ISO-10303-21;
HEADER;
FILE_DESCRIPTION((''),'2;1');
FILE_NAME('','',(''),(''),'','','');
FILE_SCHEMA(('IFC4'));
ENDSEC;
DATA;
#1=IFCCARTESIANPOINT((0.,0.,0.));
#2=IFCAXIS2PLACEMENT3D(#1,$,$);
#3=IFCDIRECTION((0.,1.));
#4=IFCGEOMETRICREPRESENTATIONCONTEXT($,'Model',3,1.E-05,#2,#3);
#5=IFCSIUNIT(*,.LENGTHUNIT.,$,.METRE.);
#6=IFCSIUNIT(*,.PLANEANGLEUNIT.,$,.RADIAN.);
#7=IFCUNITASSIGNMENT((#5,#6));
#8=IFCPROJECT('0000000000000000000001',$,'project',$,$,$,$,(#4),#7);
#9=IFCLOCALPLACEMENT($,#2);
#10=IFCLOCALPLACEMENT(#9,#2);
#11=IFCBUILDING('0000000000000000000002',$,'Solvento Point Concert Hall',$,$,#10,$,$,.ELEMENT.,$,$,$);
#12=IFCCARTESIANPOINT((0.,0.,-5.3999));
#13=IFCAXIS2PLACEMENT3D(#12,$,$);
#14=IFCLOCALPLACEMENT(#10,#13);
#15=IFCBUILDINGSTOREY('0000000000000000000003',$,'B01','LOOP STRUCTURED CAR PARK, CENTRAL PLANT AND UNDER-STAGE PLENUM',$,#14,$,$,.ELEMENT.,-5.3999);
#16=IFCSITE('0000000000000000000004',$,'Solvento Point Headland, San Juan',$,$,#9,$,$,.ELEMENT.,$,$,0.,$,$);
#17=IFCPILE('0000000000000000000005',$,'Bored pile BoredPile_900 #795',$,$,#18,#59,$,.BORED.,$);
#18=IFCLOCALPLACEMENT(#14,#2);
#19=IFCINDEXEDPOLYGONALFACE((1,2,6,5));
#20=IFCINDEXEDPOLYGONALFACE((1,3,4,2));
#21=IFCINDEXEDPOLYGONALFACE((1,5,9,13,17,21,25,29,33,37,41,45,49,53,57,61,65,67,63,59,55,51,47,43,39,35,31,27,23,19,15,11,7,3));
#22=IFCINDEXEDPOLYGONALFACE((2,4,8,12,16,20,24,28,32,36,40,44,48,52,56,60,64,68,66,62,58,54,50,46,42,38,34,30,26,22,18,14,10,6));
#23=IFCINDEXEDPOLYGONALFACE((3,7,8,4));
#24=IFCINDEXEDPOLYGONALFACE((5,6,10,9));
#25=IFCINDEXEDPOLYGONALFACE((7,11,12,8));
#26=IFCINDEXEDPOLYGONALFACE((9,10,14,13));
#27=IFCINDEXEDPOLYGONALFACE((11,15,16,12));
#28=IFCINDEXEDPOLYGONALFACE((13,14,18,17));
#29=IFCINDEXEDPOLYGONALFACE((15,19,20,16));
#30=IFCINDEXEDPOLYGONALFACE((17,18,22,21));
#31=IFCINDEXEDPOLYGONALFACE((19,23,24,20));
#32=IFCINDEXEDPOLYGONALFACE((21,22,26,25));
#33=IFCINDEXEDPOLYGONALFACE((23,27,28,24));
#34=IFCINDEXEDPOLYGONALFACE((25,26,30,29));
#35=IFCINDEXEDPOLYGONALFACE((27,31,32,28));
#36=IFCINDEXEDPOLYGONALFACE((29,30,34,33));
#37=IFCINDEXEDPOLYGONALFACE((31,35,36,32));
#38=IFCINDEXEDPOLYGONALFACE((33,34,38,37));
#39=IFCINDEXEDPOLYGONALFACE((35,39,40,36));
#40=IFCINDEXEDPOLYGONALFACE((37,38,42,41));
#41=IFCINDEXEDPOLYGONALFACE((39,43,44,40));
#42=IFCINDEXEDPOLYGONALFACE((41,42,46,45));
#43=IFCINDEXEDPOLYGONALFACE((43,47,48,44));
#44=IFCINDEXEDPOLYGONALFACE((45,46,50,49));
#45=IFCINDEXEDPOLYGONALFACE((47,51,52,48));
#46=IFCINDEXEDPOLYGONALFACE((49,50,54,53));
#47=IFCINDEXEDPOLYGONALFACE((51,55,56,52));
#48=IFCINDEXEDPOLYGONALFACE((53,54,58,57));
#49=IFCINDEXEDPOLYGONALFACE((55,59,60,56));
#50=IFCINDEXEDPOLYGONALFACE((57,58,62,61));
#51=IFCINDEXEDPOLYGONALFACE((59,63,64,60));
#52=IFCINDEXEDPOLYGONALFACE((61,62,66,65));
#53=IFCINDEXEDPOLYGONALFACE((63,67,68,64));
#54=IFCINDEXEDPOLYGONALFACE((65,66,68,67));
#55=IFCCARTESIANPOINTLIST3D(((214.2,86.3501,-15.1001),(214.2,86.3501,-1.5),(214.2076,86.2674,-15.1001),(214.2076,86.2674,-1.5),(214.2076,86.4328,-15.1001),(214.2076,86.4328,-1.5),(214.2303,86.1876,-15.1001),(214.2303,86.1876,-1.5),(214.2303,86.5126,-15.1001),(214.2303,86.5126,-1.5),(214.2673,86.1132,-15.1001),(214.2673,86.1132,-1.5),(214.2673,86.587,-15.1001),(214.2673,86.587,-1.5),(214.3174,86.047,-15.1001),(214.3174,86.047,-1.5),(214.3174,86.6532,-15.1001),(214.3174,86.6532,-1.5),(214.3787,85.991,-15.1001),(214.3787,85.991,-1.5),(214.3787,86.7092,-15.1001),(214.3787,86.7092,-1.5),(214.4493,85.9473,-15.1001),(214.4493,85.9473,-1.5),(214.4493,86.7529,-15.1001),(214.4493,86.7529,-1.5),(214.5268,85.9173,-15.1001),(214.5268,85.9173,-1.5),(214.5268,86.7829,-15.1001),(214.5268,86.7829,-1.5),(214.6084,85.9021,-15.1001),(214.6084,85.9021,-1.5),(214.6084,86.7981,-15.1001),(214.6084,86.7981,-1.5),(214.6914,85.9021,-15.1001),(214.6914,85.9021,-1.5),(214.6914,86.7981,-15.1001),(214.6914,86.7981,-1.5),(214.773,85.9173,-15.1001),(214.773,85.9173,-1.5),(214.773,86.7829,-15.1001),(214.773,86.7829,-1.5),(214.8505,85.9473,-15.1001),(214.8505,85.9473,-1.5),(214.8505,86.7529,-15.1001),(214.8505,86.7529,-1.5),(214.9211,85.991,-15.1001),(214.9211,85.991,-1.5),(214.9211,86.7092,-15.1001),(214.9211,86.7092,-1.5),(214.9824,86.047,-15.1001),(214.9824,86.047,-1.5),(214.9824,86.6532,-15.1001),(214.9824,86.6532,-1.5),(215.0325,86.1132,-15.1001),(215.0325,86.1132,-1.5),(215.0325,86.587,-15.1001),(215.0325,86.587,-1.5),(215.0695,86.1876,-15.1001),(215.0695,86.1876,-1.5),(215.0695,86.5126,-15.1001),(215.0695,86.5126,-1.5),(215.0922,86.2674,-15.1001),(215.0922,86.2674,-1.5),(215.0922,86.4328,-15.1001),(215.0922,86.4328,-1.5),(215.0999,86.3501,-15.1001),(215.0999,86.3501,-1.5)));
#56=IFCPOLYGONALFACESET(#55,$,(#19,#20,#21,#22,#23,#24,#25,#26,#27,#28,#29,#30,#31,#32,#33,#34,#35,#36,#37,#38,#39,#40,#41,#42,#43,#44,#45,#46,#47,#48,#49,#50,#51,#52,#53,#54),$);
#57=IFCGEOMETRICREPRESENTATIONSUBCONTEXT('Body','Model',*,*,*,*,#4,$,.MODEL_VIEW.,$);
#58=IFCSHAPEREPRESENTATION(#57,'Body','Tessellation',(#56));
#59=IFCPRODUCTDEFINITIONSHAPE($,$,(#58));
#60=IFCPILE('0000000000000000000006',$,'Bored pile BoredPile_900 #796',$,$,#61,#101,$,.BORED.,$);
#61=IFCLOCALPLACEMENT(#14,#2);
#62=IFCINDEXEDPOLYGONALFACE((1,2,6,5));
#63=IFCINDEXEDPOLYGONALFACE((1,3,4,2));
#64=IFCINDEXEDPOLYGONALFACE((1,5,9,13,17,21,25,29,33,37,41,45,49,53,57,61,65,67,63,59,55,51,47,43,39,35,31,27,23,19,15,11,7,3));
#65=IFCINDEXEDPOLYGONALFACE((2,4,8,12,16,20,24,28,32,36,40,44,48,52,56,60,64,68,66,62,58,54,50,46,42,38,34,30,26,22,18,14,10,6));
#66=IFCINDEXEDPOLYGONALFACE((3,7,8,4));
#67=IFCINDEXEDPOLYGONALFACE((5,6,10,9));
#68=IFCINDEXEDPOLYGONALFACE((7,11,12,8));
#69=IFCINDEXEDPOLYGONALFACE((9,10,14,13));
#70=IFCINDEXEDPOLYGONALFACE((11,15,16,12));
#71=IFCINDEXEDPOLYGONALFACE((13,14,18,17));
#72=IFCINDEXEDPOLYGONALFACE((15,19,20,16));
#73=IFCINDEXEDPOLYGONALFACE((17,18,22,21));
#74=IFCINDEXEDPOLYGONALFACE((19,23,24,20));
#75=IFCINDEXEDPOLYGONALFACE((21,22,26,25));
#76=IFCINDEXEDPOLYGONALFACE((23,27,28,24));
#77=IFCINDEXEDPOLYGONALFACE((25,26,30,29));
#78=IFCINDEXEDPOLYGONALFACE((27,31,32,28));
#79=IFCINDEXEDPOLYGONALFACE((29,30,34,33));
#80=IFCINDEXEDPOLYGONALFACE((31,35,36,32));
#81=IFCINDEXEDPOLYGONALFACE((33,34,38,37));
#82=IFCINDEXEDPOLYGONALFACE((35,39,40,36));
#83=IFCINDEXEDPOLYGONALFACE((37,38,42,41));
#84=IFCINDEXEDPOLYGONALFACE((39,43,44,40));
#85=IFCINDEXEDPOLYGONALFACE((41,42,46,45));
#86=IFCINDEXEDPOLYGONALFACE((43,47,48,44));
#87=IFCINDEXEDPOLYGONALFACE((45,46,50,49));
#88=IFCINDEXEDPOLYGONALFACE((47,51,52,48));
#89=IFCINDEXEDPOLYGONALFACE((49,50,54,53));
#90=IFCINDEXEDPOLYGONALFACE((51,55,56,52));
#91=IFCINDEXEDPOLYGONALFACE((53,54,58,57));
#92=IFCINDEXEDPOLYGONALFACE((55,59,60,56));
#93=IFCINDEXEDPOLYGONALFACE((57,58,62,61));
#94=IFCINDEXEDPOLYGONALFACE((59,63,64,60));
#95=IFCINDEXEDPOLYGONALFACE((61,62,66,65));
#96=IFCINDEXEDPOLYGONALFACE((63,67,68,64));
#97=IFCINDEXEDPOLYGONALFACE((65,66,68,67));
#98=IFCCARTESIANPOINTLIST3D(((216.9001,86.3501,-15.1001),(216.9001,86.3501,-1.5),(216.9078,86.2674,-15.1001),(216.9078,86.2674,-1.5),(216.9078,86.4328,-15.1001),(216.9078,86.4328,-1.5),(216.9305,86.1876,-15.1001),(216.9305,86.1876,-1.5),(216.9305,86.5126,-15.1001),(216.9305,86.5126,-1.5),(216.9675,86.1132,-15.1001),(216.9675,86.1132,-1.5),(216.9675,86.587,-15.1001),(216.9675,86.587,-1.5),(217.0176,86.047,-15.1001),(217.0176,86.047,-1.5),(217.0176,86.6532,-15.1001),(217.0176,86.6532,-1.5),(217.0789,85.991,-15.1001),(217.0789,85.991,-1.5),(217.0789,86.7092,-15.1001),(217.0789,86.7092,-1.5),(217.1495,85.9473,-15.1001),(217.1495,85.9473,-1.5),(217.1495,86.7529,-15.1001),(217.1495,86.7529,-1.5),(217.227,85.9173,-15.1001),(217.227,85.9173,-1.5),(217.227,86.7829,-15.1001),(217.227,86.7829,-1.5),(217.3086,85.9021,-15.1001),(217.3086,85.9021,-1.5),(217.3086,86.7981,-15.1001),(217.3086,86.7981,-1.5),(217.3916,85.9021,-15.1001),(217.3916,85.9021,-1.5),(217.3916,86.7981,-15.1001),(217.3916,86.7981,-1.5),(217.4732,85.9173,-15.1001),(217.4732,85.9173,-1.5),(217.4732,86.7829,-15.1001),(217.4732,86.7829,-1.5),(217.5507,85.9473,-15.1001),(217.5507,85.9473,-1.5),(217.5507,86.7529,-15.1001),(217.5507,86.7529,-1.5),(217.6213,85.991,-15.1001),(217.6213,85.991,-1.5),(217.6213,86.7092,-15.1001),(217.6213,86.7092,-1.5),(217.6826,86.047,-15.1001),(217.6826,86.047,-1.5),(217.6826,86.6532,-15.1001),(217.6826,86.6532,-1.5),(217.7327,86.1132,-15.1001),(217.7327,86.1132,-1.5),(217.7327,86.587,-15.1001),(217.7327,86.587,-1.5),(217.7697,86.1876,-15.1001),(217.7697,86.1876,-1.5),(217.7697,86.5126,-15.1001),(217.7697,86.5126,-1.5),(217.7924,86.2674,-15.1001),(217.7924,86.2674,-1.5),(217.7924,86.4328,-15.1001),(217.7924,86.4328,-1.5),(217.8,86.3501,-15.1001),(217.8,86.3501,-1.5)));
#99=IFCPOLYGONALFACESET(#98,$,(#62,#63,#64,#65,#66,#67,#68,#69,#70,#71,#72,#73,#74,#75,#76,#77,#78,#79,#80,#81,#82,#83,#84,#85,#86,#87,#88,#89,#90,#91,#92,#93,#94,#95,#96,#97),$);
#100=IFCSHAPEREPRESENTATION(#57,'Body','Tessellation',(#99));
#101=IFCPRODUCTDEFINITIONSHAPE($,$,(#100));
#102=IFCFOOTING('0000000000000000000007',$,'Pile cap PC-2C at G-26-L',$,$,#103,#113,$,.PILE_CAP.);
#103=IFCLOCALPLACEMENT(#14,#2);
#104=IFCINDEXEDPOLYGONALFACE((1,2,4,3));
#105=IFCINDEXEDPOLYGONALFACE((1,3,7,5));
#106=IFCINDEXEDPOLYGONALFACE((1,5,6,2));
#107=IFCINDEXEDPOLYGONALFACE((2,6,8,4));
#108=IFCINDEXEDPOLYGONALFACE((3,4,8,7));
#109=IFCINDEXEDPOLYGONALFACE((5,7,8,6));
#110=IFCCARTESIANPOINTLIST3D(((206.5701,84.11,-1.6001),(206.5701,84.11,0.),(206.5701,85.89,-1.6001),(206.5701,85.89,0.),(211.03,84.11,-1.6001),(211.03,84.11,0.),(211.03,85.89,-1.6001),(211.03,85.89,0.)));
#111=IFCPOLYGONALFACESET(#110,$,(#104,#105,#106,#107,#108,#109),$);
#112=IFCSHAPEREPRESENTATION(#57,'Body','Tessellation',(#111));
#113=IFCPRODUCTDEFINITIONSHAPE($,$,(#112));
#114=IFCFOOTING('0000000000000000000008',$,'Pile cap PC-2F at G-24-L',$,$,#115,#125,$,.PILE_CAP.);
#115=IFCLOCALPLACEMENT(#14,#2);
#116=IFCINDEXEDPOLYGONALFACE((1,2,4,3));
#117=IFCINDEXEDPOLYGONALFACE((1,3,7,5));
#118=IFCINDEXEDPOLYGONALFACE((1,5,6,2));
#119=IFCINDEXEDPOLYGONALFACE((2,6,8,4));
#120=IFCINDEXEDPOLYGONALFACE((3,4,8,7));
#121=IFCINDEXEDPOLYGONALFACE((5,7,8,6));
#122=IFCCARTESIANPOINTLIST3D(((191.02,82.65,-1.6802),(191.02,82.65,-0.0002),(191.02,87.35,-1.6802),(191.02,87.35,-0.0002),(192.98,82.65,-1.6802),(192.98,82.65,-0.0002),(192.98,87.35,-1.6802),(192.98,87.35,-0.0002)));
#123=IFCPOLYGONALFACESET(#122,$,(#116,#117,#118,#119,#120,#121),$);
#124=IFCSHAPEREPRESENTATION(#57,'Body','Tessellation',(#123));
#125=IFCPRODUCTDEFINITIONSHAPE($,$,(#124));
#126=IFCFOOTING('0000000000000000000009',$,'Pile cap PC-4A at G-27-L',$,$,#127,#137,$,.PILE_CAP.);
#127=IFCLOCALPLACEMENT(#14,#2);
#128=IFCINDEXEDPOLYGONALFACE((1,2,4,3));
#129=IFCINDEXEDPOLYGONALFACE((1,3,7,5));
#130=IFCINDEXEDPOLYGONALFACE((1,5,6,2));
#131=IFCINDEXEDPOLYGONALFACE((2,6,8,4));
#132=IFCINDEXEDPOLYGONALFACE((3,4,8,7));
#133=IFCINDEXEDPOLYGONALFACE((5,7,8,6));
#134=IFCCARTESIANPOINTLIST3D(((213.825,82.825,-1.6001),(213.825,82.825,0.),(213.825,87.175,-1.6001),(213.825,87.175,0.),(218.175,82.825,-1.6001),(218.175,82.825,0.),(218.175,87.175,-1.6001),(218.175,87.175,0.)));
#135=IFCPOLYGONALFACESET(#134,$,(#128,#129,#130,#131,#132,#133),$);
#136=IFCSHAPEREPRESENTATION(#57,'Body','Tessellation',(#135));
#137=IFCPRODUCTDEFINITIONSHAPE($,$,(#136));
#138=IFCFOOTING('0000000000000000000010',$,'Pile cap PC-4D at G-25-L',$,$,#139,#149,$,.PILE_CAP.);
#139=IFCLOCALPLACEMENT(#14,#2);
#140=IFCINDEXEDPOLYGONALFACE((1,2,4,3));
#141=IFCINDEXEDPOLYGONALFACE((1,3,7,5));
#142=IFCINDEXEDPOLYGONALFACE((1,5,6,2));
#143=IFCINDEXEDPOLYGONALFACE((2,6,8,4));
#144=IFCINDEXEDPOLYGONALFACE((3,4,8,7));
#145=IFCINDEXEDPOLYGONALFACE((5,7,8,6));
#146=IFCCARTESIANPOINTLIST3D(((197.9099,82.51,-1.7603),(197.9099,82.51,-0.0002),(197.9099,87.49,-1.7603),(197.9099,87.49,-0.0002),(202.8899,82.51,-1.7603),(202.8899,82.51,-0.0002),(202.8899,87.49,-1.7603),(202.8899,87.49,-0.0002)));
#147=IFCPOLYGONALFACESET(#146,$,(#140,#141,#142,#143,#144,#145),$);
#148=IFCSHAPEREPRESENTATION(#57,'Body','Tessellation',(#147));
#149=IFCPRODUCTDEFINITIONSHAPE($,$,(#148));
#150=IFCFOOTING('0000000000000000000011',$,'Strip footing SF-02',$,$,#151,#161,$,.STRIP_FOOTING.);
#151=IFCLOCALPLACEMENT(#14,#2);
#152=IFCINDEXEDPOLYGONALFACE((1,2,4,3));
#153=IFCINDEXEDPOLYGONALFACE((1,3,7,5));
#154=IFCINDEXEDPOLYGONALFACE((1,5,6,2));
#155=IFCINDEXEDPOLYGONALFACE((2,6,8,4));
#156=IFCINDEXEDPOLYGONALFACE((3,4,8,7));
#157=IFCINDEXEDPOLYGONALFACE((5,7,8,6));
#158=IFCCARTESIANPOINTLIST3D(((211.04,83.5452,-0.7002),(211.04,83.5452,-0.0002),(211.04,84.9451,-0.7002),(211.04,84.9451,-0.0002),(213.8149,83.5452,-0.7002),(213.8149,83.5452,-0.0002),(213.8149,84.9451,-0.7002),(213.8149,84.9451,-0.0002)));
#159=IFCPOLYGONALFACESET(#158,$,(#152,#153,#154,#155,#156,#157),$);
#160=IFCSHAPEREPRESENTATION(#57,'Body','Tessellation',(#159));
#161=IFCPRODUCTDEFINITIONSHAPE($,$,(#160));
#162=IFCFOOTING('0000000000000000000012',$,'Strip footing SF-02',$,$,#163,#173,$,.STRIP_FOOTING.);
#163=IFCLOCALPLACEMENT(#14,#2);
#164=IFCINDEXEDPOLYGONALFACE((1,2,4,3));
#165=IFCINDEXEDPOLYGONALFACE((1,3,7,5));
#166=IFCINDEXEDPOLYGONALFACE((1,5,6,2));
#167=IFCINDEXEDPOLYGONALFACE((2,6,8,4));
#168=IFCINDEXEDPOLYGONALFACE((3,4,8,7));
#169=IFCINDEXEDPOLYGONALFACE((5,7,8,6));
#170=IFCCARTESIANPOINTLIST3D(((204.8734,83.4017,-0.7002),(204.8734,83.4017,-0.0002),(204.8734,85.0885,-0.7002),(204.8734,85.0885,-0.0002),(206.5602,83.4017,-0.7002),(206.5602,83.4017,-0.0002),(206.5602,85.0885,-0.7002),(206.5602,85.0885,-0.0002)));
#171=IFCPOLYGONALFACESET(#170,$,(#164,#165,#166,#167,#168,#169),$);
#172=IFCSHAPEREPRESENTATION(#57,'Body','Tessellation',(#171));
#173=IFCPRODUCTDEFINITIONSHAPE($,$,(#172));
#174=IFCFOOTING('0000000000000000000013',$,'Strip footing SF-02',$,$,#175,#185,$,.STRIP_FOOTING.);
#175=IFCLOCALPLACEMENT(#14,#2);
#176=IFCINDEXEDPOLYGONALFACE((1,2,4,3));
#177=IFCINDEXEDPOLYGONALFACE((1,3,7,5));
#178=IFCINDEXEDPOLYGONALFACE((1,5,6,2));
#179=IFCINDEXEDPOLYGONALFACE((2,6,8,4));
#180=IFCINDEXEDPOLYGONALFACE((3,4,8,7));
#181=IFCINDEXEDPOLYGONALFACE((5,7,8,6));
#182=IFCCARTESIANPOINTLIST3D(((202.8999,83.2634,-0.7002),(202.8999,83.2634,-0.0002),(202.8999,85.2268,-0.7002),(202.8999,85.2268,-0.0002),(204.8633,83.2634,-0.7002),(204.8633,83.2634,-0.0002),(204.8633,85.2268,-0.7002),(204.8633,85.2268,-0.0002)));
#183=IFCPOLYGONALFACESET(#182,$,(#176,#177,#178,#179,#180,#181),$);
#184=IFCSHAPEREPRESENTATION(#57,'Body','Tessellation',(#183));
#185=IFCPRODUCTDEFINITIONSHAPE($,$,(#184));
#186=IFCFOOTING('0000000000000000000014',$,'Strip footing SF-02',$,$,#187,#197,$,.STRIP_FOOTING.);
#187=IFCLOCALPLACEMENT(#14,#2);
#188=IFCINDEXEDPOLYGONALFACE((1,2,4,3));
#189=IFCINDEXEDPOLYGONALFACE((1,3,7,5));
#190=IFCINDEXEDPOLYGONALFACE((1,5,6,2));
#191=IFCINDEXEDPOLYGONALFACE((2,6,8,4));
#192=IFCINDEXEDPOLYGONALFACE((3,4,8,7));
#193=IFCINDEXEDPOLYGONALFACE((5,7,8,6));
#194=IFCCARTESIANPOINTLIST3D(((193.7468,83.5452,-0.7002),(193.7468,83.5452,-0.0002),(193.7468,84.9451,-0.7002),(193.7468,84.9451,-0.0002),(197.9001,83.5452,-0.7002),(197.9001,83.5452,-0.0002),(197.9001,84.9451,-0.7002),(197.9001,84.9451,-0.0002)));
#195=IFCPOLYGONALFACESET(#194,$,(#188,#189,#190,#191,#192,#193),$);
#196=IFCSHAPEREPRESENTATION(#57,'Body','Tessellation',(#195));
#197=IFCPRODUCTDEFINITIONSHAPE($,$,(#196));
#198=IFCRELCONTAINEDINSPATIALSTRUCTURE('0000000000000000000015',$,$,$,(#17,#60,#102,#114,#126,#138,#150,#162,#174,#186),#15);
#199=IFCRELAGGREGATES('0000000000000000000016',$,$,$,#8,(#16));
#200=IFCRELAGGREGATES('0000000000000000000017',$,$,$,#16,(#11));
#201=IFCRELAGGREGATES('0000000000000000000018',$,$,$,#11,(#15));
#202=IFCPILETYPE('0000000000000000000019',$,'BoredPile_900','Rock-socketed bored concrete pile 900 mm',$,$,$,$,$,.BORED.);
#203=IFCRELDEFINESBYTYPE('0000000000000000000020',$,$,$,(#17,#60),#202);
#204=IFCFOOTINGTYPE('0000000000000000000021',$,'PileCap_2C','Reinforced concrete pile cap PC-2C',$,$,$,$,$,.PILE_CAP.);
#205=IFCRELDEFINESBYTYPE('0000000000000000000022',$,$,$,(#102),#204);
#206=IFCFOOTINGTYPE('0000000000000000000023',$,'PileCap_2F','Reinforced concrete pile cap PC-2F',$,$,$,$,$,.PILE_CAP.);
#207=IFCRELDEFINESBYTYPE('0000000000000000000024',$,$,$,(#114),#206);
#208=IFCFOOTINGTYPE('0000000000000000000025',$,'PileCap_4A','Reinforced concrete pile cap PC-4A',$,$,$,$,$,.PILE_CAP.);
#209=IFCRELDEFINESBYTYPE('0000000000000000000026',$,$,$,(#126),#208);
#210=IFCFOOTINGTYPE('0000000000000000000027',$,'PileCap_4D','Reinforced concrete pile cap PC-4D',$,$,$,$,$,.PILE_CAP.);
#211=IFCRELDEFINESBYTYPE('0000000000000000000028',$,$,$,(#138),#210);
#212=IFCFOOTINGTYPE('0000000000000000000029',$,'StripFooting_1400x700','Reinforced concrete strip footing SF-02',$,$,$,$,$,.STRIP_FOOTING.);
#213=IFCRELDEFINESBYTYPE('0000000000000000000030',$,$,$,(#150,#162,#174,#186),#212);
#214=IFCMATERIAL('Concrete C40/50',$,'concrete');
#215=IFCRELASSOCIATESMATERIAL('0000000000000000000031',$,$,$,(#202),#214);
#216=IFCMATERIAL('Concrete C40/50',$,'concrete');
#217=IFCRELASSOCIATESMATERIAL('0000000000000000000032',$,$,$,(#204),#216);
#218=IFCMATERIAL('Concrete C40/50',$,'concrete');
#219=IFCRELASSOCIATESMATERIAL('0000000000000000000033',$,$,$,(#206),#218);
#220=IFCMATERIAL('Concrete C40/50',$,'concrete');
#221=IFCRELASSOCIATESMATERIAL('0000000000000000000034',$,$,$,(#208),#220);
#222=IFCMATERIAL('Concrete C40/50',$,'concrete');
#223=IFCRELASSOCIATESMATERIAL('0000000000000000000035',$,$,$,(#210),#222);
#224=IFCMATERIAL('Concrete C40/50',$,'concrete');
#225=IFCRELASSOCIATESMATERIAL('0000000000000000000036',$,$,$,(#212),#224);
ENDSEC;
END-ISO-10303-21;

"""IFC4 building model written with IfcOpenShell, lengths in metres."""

from ifc_helpers import new_model, si_unit, direction, frame, origin, origin_2d, place, context, subcontext, project, spatial, rectangle, circle, extrude, material, material_profile, profile_set, type_object, element, save


model = new_model("IFC4")

# Units and contexts
model_context = context("Model", 3, precision=1e-05, world=origin(), true_north=direction((0.0, 1.0)))
body_context = subcontext(model_context, "Body", "Model", "MODEL_VIEW")
ifc_project = project(units=[si_unit("LENGTHUNIT", "METRE"), si_unit("PLANEANGLEUNIT", "RADIAN")], contexts=[model_context])

# Site, building, storey
site_placement = place(None, origin())
site = spatial("IfcSite", under=ifc_project, at=site_placement, Name="Solvento Point Headland, San Juan", CompositionType="ELEMENT", RefElevation=0.0)
building_placement = place(site_placement, origin())
building = spatial("IfcBuilding", under=site, at=building_placement, Name="Solvento Point Concert Hall", CompositionType="ELEMENT")
storey_placement = place(building_placement, frame((0.0, 0.0, -5.3999)))
storey = spatial("IfcBuildingStorey", under=building, at=storey_placement, Name="B01", Description="LOOP STRUCTURED CAR PARK, CENTRAL PLANT AND UNDER-STAGE PLENUM", CompositionType="ELEMENT", Elevation=-5.3999)

# Piles
ifc_material_1 = material(Name="Concrete C40/50", Category="concrete")
ifc_material_profile_1 = material_profile(ifc_material_1, circle(Radius=0.45, at=origin_2d()), Name="BP-900")
ifc_profile_set_1 = profile_set([ifc_material_profile_1], Name="Concrete C40/50")
pile_type_1 = type_object("IfcPileType", Name="BoredPile_900", Description="Rock-socketed bored concrete pile 900 mm", PredefinedType="BORED", material=ifc_profile_set_1)
for number, where, z_axis, x_axis, name in (
    (1, (214.6499, 86.3501, -1.5), (0.0, 0.0, -1.0), (1.0, 0.0, 0.0), "Bored pile BoredPile_900 #795"),
    (2, (217.3501, 86.3501, -1.5), (0.0, 0.0, -1.0), (1.0, 0.0, 0.0), "Bored pile BoredPile_900 #796"),
):
    element("IfcPile", number, at=place(storey_placement, frame(where, z_axis=z_axis, x_axis=x_axis)), inside=storey, type_object=pile_type_1, Name=name, PredefinedType="BORED", context=body_context, shape_type="SweptSolid", body=[
        extrude(circle(Radius=0.45, at=origin_2d()), origin(), (0.0, 0.0, 1.0), 13.6001),
    ])

# Footings
ifc_material_2 = material(Name="Concrete C40/50", Category="concrete")
footing_type_1 = type_object("IfcFootingType", Name="PileCap_2C", Description="Reinforced concrete pile cap PC-2C", PredefinedType="PILE_CAP", material=ifc_material_2)
footing_1_placement = place(storey_placement, frame((208.8, 85.0, -1.6001), z_axis=(0.0, 0.0, 1.0), x_axis=(1.0, 0.0, 0.0)))
element("IfcFooting", 3, at=footing_1_placement, inside=storey, type_object=footing_type_1, Name="Pile cap PC-2C at G-26-L", PredefinedType="PILE_CAP", context=body_context, shape_type="SweptSolid", body=[
    extrude(rectangle(XDim=4.46, YDim=1.78, at=origin_2d()), origin(), (0.0, 0.0, 1.0), 1.6001),
])
ifc_material_3 = material(Name="Concrete C40/50", Category="concrete")
footing_type_2 = type_object("IfcFootingType", Name="PileCap_2F", Description="Reinforced concrete pile cap PC-2F", PredefinedType="PILE_CAP", material=ifc_material_3)
footing_2_placement = place(storey_placement, frame((192.0, 85.0, -1.6802), z_axis=(0.0, 0.0, 1.0), x_axis=(1.0, 0.0, 0.0)))
element("IfcFooting", 4, at=footing_2_placement, inside=storey, type_object=footing_type_2, Name="Pile cap PC-2F at G-24-L", PredefinedType="PILE_CAP", context=body_context, shape_type="SweptSolid", body=[
    extrude(rectangle(XDim=1.96, YDim=4.7, at=origin_2d()), origin(), (0.0, 0.0, 1.0), 1.6799),
])
ifc_material_4 = material(Name="Concrete C40/50", Category="concrete")
footing_type_3 = type_object("IfcFootingType", Name="PileCap_4A", Description="Reinforced concrete pile cap PC-4A", PredefinedType="PILE_CAP", material=ifc_material_4)
footing_3_placement = place(storey_placement, frame((216.0, 85.0, -1.6001), z_axis=(0.0, 0.0, 1.0), x_axis=(1.0, 0.0, 0.0)))
element("IfcFooting", 5, at=footing_3_placement, inside=storey, type_object=footing_type_3, Name="Pile cap PC-4A at G-27-L", PredefinedType="PILE_CAP", context=body_context, shape_type="SweptSolid", body=[
    extrude(rectangle(XDim=4.3501, YDim=4.3501, at=origin_2d()), origin(), (0.0, 0.0, 1.0), 1.6001),
])
ifc_material_5 = material(Name="Concrete C40/50", Category="concrete")
footing_type_4 = type_object("IfcFootingType", Name="PileCap_4D", Description="Reinforced concrete pile cap PC-4D", PredefinedType="PILE_CAP", material=ifc_material_5)
footing_4_placement = place(storey_placement, frame((200.3999, 85.0, -1.7603), z_axis=(0.0, 0.0, 1.0), x_axis=(1.0, 0.0, 0.0)))
element("IfcFooting", 6, at=footing_4_placement, inside=storey, type_object=footing_type_4, Name="Pile cap PC-4D at G-25-L", PredefinedType="PILE_CAP", context=body_context, shape_type="SweptSolid", body=[
    extrude(rectangle(XDim=4.98, YDim=4.98, at=origin_2d()), origin(), (0.0, 0.0, 1.0), 1.76),
])
ifc_material_6 = material(Name="Concrete C40/50", Category="concrete")
footing_type_5 = type_object("IfcFootingType", Name="StripFooting_1400x700", Description="Reinforced concrete strip footing SF-02", PredefinedType="STRIP_FOOTING", material=ifc_material_6)
footing_5_placement = place(storey_placement, frame((212.4275, 84.2451, -0.7002), z_axis=(0.0, 0.0, 1.0), x_axis=(-1.0, 0.0, 0.0)))
element("IfcFooting", 7, at=footing_5_placement, inside=storey, type_object=footing_type_5, Name="Strip footing SF-02", PredefinedType="STRIP_FOOTING", context=body_context, shape_type="SweptSolid", body=[
    extrude(rectangle(XDim=2.7749, YDim=1.3999, at=origin_2d()), origin(), (0.0, 0.0, 1.0), 0.7),
])
footing_6_placement = place(storey_placement, frame((205.7168, 84.2451, -0.7002), z_axis=(0.0, 0.0, 1.0), x_axis=(-1.0, 0.0, 0.0)))
element("IfcFooting", 8, at=footing_6_placement, inside=storey, type_object=footing_type_5, Name="Strip footing SF-02", PredefinedType="STRIP_FOOTING", context=body_context, shape_type="SweptSolid", body=[
    extrude(rectangle(XDim=1.6868, YDim=1.6868, at=origin_2d()), origin(), (0.0, 0.0, 1.0), 0.7),
])
footing_7_placement = place(storey_placement, frame((203.8816, 84.2451, -0.7002), z_axis=(0.0, 0.0, 1.0), x_axis=(-1.0, 0.0, 0.0)))
element("IfcFooting", 9, at=footing_7_placement, inside=storey, type_object=footing_type_5, Name="Strip footing SF-02", PredefinedType="STRIP_FOOTING", context=body_context, shape_type="SweptSolid", body=[
    extrude(rectangle(XDim=1.9634, YDim=1.9634, at=origin_2d()), origin(), (0.0, 0.0, 1.0), 0.7),
])
footing_8_placement = place(storey_placement, frame((195.8235, 84.2451, -0.7002), z_axis=(0.0, 0.0, 1.0), x_axis=(-1.0, 0.0, 0.0)))
element("IfcFooting", 10, at=footing_8_placement, inside=storey, type_object=footing_type_5, Name="Strip footing SF-02", PredefinedType="STRIP_FOOTING", context=body_context, shape_type="SweptSolid", body=[
    extrude(rectangle(XDim=4.1533, YDim=1.3999, at=origin_2d()), origin(), (0.0, 0.0, 1.0), 0.7),
])

save(model, "model.ifc")
